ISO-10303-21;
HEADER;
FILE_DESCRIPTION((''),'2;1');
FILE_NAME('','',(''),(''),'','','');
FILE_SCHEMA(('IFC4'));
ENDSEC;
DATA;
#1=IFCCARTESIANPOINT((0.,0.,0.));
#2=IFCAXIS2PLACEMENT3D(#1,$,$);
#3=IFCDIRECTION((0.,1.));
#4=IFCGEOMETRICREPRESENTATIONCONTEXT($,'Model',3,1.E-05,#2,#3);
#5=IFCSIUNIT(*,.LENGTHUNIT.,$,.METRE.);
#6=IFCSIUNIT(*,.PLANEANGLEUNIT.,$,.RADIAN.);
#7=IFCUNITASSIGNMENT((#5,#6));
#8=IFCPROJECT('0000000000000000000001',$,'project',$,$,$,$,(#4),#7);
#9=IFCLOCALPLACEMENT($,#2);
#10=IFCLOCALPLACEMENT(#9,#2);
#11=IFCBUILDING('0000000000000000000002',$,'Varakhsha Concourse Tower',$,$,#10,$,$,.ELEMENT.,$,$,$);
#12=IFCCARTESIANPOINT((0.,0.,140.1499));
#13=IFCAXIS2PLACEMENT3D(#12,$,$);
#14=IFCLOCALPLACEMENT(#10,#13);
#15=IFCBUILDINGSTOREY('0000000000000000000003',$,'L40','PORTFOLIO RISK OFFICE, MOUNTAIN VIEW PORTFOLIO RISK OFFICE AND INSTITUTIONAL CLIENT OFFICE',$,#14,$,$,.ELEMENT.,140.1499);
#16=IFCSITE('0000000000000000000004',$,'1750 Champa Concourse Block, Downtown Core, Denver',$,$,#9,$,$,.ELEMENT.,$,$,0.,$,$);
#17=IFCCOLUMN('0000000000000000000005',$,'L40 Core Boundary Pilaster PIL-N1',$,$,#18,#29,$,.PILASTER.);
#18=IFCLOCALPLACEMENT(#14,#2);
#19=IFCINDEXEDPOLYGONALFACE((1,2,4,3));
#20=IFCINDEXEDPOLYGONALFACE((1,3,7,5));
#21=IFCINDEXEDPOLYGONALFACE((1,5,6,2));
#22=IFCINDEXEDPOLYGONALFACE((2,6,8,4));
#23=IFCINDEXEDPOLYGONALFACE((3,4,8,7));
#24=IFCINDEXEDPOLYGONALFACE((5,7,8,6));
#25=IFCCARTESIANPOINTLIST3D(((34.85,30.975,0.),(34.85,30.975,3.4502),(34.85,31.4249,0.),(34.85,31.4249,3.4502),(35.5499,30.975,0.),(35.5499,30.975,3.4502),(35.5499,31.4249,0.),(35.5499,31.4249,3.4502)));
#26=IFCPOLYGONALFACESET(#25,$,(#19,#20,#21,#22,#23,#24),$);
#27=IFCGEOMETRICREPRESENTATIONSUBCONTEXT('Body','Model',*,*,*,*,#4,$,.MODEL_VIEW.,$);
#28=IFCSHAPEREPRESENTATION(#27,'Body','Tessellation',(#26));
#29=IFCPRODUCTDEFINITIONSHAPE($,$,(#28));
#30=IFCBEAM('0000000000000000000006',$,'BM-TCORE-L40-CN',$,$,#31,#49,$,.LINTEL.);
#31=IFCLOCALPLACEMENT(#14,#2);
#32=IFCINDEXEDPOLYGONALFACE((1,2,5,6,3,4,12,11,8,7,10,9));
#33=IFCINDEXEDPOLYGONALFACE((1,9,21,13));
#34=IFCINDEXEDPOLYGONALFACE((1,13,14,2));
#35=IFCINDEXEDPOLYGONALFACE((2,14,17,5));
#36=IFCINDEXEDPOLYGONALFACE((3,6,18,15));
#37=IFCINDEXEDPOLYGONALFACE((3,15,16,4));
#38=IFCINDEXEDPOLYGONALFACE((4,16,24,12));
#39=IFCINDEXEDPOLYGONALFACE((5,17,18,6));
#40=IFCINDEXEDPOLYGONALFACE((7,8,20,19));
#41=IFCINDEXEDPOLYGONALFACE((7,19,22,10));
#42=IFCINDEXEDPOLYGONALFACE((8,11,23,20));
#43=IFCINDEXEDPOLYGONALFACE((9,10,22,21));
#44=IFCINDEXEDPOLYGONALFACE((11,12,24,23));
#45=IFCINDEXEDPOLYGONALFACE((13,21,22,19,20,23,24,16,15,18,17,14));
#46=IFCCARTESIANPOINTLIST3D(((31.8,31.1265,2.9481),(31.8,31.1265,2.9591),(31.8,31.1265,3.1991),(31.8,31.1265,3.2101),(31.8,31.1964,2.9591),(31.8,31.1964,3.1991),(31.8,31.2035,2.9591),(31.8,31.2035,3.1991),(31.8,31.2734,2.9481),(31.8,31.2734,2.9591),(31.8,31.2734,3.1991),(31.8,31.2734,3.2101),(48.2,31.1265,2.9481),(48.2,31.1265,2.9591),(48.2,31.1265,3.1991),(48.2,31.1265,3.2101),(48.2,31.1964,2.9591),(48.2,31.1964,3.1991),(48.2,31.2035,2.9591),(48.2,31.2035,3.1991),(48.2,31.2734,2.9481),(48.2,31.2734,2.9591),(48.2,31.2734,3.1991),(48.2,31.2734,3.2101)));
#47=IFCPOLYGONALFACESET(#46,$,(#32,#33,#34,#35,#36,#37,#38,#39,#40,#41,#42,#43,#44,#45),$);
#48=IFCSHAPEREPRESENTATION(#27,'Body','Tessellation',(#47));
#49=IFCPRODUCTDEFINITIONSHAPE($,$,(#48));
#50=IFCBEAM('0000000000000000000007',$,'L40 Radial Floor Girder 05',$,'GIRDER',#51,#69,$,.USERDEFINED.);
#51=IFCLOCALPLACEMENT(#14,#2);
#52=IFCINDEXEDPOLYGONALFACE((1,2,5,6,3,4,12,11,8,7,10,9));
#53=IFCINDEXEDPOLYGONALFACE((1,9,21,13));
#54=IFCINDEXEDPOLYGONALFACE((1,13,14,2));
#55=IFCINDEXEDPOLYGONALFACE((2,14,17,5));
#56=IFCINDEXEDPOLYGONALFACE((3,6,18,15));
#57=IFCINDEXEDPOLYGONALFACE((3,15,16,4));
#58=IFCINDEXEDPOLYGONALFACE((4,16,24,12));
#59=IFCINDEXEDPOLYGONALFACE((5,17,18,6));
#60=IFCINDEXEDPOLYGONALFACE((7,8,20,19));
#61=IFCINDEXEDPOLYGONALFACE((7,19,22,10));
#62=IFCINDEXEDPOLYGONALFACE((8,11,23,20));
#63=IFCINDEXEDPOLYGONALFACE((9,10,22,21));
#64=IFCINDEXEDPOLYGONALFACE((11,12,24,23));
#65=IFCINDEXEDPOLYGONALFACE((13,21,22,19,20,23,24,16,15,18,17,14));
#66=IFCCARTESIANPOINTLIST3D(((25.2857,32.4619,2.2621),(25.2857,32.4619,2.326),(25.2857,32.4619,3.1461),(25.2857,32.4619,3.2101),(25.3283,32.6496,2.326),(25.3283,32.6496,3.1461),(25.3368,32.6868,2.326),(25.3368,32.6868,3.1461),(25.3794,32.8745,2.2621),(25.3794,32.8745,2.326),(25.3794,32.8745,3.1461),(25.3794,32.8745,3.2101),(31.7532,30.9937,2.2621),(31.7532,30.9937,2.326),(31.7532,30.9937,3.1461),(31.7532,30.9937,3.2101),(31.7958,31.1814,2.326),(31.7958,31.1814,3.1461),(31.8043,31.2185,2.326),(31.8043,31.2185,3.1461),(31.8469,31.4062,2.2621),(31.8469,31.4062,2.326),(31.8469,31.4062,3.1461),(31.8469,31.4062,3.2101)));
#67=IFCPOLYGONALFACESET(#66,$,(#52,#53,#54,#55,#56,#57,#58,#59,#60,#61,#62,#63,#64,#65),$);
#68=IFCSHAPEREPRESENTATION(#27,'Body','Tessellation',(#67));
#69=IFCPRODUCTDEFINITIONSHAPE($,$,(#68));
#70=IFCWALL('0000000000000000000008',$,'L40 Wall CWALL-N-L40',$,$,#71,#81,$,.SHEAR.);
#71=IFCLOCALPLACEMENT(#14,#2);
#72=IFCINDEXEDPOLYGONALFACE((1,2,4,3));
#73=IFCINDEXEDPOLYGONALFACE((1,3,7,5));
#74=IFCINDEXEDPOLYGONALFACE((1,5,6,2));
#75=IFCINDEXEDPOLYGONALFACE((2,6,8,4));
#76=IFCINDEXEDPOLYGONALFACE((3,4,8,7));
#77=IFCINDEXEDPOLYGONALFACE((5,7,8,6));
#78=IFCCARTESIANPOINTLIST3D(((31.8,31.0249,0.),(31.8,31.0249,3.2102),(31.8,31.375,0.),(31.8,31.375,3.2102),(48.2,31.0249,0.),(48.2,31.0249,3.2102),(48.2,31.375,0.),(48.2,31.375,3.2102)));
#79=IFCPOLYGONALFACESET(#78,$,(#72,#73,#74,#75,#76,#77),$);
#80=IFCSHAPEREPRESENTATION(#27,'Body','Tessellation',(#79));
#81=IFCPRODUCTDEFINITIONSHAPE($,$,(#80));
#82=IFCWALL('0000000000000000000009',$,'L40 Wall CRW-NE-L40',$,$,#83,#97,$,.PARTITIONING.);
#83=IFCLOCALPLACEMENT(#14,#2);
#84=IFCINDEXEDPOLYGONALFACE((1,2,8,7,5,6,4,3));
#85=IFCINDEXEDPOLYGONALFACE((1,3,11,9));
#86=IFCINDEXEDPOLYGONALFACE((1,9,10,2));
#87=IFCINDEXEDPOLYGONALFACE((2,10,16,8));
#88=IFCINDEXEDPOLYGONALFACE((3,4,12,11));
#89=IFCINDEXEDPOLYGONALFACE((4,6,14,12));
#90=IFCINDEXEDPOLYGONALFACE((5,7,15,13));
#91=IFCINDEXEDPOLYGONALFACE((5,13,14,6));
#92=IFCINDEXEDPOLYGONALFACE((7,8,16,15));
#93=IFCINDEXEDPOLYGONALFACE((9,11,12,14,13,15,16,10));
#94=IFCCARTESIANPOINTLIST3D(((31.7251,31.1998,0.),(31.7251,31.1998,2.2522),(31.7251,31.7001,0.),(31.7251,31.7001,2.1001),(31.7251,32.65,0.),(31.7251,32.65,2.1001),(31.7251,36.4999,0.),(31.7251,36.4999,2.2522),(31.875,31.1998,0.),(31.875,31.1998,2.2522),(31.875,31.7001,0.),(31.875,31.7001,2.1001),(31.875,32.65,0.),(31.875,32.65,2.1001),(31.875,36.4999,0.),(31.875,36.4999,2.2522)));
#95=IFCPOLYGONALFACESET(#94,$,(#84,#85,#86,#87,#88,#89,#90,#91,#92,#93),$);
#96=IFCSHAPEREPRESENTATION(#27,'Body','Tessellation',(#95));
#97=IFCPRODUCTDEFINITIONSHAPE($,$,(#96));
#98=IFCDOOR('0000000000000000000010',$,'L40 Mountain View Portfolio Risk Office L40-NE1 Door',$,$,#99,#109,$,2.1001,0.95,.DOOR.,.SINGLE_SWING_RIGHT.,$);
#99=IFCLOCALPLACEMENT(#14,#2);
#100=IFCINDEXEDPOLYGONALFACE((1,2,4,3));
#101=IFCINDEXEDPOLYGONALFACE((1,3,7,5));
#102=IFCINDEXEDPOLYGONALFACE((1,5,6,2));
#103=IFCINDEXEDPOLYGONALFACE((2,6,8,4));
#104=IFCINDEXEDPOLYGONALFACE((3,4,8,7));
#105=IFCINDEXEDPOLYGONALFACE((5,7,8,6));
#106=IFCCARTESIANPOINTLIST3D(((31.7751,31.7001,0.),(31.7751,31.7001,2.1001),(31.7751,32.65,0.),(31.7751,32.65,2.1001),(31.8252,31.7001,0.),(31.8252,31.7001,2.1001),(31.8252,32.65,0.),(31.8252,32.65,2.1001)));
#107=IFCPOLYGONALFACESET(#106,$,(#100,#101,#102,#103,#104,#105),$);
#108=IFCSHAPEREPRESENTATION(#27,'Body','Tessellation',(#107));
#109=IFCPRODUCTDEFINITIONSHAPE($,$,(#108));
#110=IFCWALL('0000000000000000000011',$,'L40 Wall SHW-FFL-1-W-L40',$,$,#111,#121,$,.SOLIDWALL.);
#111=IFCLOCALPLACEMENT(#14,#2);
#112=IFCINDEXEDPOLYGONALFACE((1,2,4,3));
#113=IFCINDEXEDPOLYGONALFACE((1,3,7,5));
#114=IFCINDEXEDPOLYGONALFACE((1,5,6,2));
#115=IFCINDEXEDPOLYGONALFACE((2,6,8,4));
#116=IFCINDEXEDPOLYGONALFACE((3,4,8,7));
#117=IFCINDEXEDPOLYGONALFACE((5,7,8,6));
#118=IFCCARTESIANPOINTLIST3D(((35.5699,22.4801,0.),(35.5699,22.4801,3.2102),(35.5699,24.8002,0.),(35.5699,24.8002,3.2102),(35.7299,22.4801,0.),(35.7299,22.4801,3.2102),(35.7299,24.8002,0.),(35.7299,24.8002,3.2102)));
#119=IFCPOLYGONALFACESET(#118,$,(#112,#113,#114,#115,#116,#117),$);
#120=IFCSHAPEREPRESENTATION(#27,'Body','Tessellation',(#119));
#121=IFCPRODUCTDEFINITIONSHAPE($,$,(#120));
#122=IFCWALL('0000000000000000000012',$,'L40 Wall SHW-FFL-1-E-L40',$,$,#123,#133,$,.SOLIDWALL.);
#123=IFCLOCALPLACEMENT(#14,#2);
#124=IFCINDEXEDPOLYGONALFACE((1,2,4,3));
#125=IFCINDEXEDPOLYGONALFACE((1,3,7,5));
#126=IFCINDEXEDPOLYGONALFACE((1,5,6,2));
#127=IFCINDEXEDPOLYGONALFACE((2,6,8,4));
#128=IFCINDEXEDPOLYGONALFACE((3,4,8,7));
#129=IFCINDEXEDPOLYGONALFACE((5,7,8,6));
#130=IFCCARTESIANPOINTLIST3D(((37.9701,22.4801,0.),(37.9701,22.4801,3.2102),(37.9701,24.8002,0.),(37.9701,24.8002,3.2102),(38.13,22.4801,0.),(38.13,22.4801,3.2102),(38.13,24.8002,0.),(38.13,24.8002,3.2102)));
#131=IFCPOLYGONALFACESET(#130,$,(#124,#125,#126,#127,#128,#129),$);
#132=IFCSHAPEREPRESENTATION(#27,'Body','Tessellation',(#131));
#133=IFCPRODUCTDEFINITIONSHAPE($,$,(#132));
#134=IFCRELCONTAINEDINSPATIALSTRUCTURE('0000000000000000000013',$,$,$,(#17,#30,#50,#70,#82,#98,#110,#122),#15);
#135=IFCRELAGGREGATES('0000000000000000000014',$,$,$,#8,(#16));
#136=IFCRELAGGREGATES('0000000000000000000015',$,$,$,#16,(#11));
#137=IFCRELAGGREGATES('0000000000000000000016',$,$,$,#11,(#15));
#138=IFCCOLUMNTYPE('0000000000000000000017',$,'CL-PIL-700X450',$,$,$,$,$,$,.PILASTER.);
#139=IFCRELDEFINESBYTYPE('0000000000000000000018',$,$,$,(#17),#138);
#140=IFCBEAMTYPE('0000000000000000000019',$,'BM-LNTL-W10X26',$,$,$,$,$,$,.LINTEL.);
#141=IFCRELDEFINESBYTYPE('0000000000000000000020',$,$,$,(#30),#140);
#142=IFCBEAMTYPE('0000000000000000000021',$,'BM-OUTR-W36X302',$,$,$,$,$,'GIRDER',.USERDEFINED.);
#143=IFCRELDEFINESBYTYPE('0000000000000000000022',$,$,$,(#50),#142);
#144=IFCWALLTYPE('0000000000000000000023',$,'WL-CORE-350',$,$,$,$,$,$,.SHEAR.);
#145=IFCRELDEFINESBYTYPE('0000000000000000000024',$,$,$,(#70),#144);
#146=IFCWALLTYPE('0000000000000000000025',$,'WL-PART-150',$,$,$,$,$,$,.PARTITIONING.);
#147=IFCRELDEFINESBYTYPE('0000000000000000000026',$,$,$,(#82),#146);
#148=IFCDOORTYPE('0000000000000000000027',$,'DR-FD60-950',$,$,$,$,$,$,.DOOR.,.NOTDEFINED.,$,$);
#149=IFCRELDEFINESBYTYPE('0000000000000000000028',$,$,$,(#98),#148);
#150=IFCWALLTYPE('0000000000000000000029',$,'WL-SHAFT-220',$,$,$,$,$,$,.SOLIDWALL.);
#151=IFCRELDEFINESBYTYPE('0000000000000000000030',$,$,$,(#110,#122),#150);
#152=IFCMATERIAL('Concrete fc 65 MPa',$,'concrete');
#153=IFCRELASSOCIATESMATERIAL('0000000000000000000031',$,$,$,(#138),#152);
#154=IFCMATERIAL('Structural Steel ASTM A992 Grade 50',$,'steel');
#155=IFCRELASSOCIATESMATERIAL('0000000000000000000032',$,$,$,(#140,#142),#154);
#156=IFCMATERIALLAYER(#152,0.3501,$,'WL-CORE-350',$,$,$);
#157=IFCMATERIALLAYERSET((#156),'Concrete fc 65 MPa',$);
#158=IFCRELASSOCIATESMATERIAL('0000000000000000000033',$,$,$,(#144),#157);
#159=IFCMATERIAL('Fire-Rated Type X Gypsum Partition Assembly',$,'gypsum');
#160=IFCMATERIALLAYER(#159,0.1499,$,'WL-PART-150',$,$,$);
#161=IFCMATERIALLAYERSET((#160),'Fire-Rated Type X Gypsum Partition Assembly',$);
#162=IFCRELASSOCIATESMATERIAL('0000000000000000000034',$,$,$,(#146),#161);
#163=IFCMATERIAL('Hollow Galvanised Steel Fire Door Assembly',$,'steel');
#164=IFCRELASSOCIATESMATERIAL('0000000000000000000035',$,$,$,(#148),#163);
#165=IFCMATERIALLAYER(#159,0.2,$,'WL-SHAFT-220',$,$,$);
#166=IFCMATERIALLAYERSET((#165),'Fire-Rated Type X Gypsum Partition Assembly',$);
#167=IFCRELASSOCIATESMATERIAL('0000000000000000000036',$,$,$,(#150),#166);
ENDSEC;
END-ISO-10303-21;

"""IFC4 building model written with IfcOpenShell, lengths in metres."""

from ifc_helpers import new_model, si_unit, direction, frame, frame_2d, origin, origin_2d, place, context, subcontext, project, spatial, rectangle, i_section, extrude, material, layer, layer_set, material_profile, profile_set, type_object, element, fill, save


model = new_model("IFC4")

# Units and contexts
model_context = context("Model", 3, precision=1e-05, world=origin(), true_north=direction((0.0, 1.0)))
body_context = subcontext(model_context, "Body", "Model", "MODEL_VIEW")
ifc_project = project(units=[si_unit("LENGTHUNIT", "METRE"), si_unit("PLANEANGLEUNIT", "RADIAN")], contexts=[model_context])

# Site, building, storey
site_placement = place(None, origin())
site = spatial("IfcSite", under=ifc_project, at=site_placement, Name="1750 Champa Concourse Block, Downtown Core, Denver", CompositionType="ELEMENT", RefElevation=0.0)
building_placement = place(site_placement, origin())
building = spatial("IfcBuilding", under=site, at=building_placement, Name="Varakhsha Concourse Tower", CompositionType="ELEMENT")
storey_placement = place(building_placement, frame((0.0, 0.0, 140.1499)))
storey = spatial("IfcBuildingStorey", under=building, at=storey_placement, Name="L40", Description="PORTFOLIO RISK OFFICE, MOUNTAIN VIEW PORTFOLIO RISK OFFICE AND INSTITUTIONAL CLIENT OFFICE", CompositionType="ELEMENT", Elevation=140.1499)

# Column
ifc_material_1 = material(Name="Concrete fc 65 MPa", Category="concrete")
ifc_material_profile_1 = material_profile(ifc_material_1, rectangle(XDim=0.7, YDim=0.45, at=origin_2d()), Name="RC 700x450")
ifc_profile_set_1 = profile_set([ifc_material_profile_1], Name="Concrete fc 65 MPa")
column_type = type_object("IfcColumnType", Name="CL-PIL-700X450", PredefinedType="PILASTER", material=ifc_profile_set_1)
column_placement = place(storey_placement, frame((35.2, 31.2, 0.0), z_axis=(0.0, 0.0, 1.0), x_axis=(1.0, 0.0, 0.0)))
element("IfcColumn", 1, at=column_placement, inside=storey, type_object=column_type, Name="L40 Core Boundary Pilaster PIL-N1", PredefinedType="PILASTER", context=body_context, shape_type="SweptSolid", body=[
    extrude(rectangle(XDim=0.7, YDim=0.45, at=origin_2d()), origin(), (0.0, 0.0, 1.0), 3.4502),
])

# Beams
ifc_material_2 = material(Name="Structural Steel ASTM A992 Grade 50", Category="steel")
ifc_material_profile_2 = material_profile(ifc_material_2, i_section(OverallWidth=0.147, OverallDepth=0.262, WebThickness=0.0071, FlangeThickness=0.011, at=origin_2d()), Name="W10X26")
ifc_profile_set_2 = profile_set([ifc_material_profile_2], Name="Structural Steel ASTM A992 Grade 50")
beam_type_1 = type_object("IfcBeamType", Name="BM-LNTL-W10X26", PredefinedType="LINTEL", material=ifc_profile_set_2)
beam_1_placement = place(storey_placement, frame((31.8, 31.2, 3.0791), z_axis=(1.0, 0.0, 0.0), x_axis=(0.0, 1.0, 0.0)))
element("IfcBeam", 2, at=beam_1_placement, inside=storey, type_object=beam_type_1, Name="BM-TCORE-L40-CN", PredefinedType="LINTEL", context=body_context, shape_type="SweptSolid", body=[
    extrude(i_section(OverallWidth=0.147, OverallDepth=0.262, WebThickness=0.0071, FlangeThickness=0.011, at=origin_2d()), origin(), (0.0, 0.0, 1.0), 16.3999),
])
ifc_material_profile_3 = material_profile(ifc_material_2, i_section(OverallWidth=0.4231, OverallDepth=0.948, WebThickness=0.0381, FlangeThickness=0.064, at=origin_2d()), Name="W36X302")
ifc_profile_set_3 = profile_set([ifc_material_profile_3], Name="Structural Steel ASTM A992 Grade 50")
beam_type_2 = type_object("IfcBeamType", Name="BM-OUTR-W36X302", ElementType="GIRDER", PredefinedType="USERDEFINED", material=ifc_profile_set_3)
beam_2_placement = place(storey_placement, frame((31.8, 31.2, 2.7361), z_axis=(-0.975186, 0.221387, 0.0), x_axis=(-0.221387, -0.975186, 0.0)))
element("IfcBeam", 3, at=beam_2_placement, inside=storey, type_object=beam_type_2, Name="L40 Radial Floor Girder 05", ObjectType="GIRDER", PredefinedType="USERDEFINED", context=body_context, shape_type="SweptSolid", body=[
    extrude(i_section(OverallWidth=0.4231, OverallDepth=0.948, WebThickness=0.0381, FlangeThickness=0.064, at=origin_2d()), origin(), (0.0, 0.0, 1.0), 6.6321),
])

# Wall
ifc_layer_1 = layer(ifc_material_1, 0.3501, Name="WL-CORE-350")
ifc_layer_set_1 = layer_set([ifc_layer_1], Name="Concrete fc 65 MPa")
wall_type_1 = type_object("IfcWallType", Name="WL-CORE-350", PredefinedType="SHEAR", material=ifc_layer_set_1)
wall_1_placement = place(storey_placement, frame((31.8, 31.2, 0.0), z_axis=(0.0, 0.0, 1.0), x_axis=(1.0, 0.0, 0.0)))
element("IfcWall", 4, at=wall_1_placement, inside=storey, type_object=wall_type_1, Name="L40 Wall CWALL-N-L40", PredefinedType="SHEAR", context=body_context, shape_type="SweptSolid", body=[
    extrude(rectangle(XDim=16.3999, YDim=0.3501, at=frame_2d((8.2, 0.0))), origin(), (0.0, 0.0, 1.0), 3.2102),
])

# Wall, opening, door
ifc_material_3 = material(Name="Fire-Rated Type X Gypsum Partition Assembly", Category="gypsum")
ifc_layer_2 = layer(ifc_material_3, 0.1499, Name="WL-PART-150")
ifc_layer_set_2 = layer_set([ifc_layer_2], Name="Fire-Rated Type X Gypsum Partition Assembly")
wall_type_2 = type_object("IfcWallType", Name="WL-PART-150", PredefinedType="PARTITIONING", material=ifc_layer_set_2)
wall_2_placement = place(storey_placement, frame((31.8, 31.2, 0.0), z_axis=(0.0, 0.0, 1.0), x_axis=(0.0, 1.0, 0.0)))
wall_2 = element("IfcWall", 5, at=wall_2_placement, inside=storey, type_object=wall_type_2, Name="L40 Wall CRW-NE-L40", PredefinedType="PARTITIONING", context=body_context, shape_type="SweptSolid", body=[
    extrude(rectangle(XDim=5.3, YDim=0.1499, at=frame_2d((2.6499, 0.0))), origin(), (0.0, 0.0, 1.0), 2.2522),
])
opening_1_placement = place(wall_2_placement, frame((0.5, 0.0, 0.0)))
opening_1 = element("IfcOpeningElement", 6, at=opening_1_placement, cuts=wall_2, PredefinedType="OPENING", context=body_context, shape_type="SweptSolid", body=[
    extrude(rectangle(XDim=0.95, YDim=2.1001, at=frame_2d((0.4751, 1.05))), frame((0.0, 0.085, 0.0), z_axis=(0.0, -1.0, 0.0), x_axis=(1.0, 0.0, 0.0)), (0.0, 0.0, 1.0), 0.1699),
])
ifc_material_4 = material(Name="Hollow Galvanised Steel Fire Door Assembly", Category="steel")
door_type_1 = type_object("IfcDoorType", Name="DR-FD60-950", OperationType="NOTDEFINED", PredefinedType="DOOR", material=ifc_material_4)
door_1_placement = place(opening_1_placement, origin())
door_1 = element("IfcDoor", 7, at=door_1_placement, inside=storey, type_object=door_type_1, Name="L40 Mountain View Portfolio Risk Office L40-NE1 Door", OperationType="SINGLE_SWING_RIGHT", OverallHeight=2.1001, OverallWidth=0.95, PredefinedType="DOOR", context=body_context, shape_type="SweptSolid", body=[
    extrude(rectangle(XDim=0.95, YDim=2.1001, at=frame_2d((0.4751, 1.05))), frame((0.0, 0.0249, 0.0), z_axis=(0.0, -1.0, 0.0), x_axis=(1.0, 0.0, 0.0)), (0.0, 0.0, 1.0), 0.05),
])
fill(opening_1, door_1)

# Shared definitions
ifc_layer_3 = layer(ifc_material_3, 0.2, Name="WL-SHAFT-220")
ifc_layer_set_3 = layer_set([ifc_layer_3], Name="Fire-Rated Type X Gypsum Partition Assembly")
wall_type_3 = type_object("IfcWallType", Name="WL-SHAFT-220", PredefinedType="SOLIDWALL", material=ifc_layer_set_3)

# Walls
for number, where, z_axis, x_axis, name in (
    (8, (35.6499, 22.48, 0.0), (0.0, 0.0, 1.0), (0.0, 1.0, 0.0), "L40 Wall SHW-FFL-1-W-L40"),
    (9, (38.05, 22.48, 0.0), (0.0, 0.0, 1.0), (0.0, 1.0, 0.0), "L40 Wall SHW-FFL-1-E-L40"),
):
    element("IfcWall", number, at=place(storey_placement, frame(where, z_axis=z_axis, x_axis=x_axis)), inside=storey, type_object=wall_type_3, Name=name, PredefinedType="SOLIDWALL", context=body_context, shape_type="SweptSolid", body=[
        extrude(rectangle(XDim=2.3201, YDim=0.1599, at=frame_2d((1.1602, 0.0))), origin(), (0.0, 0.0, 1.0), 3.2102),
    ])

save(model, "model.ifc")
